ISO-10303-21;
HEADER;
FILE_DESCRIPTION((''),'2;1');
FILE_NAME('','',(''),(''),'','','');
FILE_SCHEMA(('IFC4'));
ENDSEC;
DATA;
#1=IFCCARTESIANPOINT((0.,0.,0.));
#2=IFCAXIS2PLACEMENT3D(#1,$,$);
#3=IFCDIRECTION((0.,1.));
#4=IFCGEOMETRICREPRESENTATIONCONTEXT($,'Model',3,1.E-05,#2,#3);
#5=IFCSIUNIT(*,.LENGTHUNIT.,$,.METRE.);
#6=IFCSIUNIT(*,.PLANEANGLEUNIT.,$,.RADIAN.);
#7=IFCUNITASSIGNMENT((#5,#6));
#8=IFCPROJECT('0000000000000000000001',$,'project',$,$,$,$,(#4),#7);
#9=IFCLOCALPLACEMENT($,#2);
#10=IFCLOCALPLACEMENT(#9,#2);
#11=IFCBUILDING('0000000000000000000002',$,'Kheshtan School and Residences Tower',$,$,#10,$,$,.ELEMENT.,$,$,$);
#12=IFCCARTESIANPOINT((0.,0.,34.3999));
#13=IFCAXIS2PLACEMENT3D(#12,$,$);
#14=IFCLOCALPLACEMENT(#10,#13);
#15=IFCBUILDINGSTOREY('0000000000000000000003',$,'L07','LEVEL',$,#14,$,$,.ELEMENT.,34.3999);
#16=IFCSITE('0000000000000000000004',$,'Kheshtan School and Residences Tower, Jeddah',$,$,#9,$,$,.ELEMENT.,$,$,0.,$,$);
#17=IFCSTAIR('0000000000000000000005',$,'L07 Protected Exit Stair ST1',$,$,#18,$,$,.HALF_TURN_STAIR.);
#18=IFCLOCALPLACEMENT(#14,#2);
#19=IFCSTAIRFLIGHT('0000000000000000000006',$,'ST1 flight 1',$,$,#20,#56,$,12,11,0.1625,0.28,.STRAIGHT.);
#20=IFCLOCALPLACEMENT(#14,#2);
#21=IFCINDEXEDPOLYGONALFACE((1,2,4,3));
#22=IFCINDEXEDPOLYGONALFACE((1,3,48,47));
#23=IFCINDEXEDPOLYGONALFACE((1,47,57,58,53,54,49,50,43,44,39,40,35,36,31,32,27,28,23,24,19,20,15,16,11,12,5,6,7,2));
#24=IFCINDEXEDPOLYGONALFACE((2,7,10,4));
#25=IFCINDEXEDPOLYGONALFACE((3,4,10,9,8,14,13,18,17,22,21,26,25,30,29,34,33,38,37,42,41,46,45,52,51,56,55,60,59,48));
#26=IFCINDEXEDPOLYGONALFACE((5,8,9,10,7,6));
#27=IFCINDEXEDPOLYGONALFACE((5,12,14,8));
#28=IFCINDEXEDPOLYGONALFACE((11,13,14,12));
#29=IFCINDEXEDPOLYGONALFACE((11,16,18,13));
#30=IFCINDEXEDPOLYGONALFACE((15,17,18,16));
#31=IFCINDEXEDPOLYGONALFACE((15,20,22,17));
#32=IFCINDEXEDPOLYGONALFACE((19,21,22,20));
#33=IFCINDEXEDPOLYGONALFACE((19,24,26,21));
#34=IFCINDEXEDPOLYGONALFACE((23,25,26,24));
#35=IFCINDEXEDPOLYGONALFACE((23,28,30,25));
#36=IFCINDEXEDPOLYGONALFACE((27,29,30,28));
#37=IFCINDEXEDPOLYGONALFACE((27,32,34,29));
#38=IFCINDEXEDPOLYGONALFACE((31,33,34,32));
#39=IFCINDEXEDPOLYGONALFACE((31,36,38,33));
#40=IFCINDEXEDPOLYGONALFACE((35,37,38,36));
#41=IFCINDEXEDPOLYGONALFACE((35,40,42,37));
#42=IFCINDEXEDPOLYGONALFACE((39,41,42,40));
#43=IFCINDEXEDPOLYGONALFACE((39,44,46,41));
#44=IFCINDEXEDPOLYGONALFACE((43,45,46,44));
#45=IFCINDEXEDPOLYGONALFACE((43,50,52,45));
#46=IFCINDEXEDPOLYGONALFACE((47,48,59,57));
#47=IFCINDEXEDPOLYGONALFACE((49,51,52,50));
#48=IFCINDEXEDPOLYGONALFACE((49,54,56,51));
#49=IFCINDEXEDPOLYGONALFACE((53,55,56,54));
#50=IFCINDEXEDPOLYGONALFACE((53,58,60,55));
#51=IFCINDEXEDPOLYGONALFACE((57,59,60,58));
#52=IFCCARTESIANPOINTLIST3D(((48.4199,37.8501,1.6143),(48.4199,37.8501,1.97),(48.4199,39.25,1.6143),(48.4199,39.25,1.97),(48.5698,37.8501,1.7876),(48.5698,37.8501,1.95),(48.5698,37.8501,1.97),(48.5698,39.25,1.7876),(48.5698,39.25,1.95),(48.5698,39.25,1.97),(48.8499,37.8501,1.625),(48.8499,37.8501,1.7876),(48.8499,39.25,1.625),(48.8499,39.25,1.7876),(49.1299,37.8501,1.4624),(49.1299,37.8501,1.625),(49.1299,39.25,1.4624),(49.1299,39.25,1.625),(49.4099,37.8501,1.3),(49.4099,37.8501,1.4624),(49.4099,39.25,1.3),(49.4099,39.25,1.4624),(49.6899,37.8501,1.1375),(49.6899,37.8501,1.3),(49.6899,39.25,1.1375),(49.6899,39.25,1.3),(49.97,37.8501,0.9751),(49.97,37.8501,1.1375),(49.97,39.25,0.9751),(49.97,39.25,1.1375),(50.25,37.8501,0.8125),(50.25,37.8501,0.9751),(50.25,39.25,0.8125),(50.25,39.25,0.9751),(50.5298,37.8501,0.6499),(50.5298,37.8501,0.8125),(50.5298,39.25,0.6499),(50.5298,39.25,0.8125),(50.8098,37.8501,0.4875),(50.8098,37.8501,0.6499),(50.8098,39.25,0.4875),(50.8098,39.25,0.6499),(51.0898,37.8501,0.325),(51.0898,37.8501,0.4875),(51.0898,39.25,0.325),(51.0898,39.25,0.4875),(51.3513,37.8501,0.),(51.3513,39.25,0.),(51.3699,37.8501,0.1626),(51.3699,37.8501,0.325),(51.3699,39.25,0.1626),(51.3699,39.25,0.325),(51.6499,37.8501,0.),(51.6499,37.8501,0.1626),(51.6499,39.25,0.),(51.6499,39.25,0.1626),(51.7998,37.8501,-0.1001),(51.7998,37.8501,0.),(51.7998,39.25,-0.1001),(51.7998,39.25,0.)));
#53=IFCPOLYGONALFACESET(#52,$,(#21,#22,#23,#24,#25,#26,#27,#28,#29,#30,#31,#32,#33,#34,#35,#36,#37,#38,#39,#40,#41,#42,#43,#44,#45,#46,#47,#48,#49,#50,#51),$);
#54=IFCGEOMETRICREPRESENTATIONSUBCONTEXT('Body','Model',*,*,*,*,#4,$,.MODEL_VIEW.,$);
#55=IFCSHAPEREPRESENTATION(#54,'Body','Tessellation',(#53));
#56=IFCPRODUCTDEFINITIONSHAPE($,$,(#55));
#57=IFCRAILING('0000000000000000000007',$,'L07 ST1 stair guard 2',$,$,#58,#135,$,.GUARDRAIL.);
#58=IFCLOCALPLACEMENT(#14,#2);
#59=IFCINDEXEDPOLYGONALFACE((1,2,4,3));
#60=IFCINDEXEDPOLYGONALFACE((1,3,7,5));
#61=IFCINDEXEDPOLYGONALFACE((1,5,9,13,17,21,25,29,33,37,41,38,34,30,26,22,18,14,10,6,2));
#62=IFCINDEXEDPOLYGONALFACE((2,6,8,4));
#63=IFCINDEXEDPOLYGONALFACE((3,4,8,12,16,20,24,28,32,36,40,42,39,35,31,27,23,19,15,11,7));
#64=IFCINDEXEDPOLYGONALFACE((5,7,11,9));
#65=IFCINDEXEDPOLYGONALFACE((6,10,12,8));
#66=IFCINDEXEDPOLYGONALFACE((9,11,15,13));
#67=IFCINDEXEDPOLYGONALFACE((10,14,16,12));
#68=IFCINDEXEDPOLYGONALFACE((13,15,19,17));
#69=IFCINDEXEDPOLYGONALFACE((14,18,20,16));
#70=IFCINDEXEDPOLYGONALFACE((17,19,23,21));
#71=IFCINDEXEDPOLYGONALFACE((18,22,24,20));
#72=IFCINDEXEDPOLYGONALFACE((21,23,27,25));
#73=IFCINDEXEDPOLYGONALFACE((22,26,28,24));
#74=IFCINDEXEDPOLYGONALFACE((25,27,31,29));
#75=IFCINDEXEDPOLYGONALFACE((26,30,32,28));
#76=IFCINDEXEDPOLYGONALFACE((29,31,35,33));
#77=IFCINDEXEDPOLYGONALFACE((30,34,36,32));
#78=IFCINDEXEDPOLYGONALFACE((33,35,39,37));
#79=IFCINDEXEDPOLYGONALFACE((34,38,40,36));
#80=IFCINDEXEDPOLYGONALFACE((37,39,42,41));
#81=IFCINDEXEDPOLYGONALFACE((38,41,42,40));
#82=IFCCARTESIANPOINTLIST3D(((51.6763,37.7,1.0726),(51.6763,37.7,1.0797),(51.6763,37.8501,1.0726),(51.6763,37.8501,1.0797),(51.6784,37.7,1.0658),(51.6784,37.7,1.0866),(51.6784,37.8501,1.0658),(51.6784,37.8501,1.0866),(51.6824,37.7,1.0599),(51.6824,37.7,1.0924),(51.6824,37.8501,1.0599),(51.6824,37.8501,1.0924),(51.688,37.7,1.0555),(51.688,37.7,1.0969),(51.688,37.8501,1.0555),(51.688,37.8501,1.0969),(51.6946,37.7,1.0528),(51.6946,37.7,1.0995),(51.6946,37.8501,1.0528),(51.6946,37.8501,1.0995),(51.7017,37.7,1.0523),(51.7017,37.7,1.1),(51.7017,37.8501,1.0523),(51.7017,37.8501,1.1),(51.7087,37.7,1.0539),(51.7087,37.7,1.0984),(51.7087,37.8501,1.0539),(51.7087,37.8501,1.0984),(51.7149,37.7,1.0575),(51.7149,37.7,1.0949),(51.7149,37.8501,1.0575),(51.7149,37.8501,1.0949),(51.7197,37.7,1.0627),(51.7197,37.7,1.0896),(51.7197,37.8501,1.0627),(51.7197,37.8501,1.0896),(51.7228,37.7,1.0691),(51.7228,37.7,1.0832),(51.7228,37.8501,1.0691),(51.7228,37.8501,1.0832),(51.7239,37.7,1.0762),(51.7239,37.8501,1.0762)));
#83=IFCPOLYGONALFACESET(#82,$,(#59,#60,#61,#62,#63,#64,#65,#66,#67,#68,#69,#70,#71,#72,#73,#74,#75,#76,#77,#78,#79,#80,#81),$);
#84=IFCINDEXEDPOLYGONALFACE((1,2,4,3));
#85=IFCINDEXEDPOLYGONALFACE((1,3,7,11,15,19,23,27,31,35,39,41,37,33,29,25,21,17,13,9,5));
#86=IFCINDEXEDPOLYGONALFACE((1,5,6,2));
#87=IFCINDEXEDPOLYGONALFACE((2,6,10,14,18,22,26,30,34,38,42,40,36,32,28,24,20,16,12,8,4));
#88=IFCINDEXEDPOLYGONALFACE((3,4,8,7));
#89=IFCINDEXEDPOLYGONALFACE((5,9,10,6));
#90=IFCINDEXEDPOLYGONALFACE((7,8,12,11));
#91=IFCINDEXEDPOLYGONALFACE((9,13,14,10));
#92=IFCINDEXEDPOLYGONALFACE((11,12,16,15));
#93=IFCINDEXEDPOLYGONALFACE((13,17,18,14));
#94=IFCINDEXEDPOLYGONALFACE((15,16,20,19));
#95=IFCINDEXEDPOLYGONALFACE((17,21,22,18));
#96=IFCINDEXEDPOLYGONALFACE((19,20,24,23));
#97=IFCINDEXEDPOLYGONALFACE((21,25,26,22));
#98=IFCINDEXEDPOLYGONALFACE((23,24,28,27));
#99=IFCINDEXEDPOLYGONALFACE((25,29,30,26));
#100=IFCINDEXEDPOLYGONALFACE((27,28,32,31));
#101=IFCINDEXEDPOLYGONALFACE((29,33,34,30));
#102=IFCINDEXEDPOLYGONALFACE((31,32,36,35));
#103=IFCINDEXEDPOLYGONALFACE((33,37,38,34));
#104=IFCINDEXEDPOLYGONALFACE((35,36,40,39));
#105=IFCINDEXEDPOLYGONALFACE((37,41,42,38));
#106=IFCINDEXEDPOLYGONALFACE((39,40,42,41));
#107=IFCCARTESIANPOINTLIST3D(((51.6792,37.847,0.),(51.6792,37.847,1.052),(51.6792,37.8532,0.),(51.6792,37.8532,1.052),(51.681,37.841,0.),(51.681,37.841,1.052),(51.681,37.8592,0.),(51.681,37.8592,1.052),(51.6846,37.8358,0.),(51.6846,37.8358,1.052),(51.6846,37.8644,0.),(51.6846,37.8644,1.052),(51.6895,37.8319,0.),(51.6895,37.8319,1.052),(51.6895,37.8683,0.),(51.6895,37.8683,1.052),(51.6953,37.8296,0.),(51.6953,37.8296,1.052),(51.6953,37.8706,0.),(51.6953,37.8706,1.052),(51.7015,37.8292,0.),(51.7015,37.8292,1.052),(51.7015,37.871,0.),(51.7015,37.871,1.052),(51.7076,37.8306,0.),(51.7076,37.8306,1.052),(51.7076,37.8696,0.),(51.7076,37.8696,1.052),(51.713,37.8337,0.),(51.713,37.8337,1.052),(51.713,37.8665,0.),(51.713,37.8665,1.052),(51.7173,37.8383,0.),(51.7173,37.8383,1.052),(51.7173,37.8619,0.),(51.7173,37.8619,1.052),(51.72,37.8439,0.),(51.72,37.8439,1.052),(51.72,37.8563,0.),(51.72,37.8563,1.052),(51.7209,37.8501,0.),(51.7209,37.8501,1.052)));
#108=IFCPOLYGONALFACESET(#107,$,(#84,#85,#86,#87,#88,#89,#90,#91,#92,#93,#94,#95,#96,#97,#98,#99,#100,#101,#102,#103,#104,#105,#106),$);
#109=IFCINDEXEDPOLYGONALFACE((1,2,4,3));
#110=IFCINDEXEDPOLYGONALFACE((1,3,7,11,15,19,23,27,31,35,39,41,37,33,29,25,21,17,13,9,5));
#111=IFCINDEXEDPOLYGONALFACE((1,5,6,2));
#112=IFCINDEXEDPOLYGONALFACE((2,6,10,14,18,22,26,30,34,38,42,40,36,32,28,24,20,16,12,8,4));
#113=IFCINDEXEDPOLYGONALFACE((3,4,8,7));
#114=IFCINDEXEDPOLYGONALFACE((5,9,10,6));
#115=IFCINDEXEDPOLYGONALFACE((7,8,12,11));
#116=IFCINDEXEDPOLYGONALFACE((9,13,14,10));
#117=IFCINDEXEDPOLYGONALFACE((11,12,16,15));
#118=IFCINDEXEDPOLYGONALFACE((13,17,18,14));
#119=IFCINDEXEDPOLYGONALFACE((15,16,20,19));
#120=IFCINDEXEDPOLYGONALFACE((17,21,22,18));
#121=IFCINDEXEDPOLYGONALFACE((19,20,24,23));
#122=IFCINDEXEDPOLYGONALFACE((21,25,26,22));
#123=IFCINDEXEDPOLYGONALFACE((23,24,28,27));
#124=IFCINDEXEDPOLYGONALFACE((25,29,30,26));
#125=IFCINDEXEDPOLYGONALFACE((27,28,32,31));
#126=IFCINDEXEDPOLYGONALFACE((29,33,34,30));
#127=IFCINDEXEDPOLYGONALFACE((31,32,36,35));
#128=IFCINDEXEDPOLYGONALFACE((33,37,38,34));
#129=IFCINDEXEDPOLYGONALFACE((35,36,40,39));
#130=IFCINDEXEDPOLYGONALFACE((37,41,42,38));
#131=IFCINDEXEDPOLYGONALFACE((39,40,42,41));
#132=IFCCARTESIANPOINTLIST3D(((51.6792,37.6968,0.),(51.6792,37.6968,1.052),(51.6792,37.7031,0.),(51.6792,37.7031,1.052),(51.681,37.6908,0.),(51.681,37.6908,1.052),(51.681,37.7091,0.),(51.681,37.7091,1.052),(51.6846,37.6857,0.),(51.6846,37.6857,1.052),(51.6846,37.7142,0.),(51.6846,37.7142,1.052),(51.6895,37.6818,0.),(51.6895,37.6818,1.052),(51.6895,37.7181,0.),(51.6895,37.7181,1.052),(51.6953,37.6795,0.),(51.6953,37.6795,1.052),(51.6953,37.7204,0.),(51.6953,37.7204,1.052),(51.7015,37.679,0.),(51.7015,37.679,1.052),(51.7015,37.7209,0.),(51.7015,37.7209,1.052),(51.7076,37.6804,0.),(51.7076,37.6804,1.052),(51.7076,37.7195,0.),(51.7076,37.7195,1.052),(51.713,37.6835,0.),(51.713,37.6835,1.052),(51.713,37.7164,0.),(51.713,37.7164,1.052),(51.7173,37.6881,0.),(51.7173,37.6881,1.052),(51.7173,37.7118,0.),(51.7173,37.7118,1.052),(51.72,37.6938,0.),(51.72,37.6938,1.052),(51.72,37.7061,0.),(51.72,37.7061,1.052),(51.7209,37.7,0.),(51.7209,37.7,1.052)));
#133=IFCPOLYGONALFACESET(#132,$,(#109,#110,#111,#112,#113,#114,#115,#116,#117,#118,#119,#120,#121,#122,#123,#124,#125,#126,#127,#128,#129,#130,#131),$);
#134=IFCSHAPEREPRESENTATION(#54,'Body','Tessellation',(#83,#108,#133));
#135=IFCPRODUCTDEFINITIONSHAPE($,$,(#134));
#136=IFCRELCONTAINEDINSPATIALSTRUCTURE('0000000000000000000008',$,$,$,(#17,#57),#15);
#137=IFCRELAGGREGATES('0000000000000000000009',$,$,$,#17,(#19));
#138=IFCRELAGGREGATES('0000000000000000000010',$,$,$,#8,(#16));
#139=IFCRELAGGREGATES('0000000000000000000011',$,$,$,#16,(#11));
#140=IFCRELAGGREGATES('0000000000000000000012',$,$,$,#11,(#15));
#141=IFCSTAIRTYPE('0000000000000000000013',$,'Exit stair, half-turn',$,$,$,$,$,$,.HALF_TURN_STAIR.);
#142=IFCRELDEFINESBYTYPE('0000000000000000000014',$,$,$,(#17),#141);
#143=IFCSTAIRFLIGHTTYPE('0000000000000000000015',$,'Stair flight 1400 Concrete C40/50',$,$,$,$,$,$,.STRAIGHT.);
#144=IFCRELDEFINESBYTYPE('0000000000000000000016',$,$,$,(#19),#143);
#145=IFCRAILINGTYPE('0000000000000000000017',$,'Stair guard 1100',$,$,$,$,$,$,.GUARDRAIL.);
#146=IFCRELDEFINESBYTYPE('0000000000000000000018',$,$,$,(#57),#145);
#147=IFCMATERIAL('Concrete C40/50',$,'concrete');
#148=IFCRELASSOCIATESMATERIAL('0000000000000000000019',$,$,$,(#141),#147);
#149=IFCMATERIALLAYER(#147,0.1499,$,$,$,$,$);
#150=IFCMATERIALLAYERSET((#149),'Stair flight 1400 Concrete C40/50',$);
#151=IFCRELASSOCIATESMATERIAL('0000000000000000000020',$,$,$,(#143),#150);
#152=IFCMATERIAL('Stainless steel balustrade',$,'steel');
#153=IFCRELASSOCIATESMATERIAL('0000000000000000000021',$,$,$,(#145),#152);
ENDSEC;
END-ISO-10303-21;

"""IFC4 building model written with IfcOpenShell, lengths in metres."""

from ifc_helpers import new_model, si_unit, direction, frame, origin, origin_2d, place, context, subcontext, project, spatial, polyline, circle, outline, extrude, material, layer, layer_set, type_object, element, aggregate, save


model = new_model("IFC4")

# Units and contexts
model_context = context("Model", 3, precision=1e-05, world=origin(), true_north=direction((0.0, 1.0)))
body_context = subcontext(model_context, "Body", "Model", "MODEL_VIEW")
ifc_project = project(units=[si_unit("LENGTHUNIT", "METRE"), si_unit("PLANEANGLEUNIT", "RADIAN")], contexts=[model_context])

# Site, building, storey
site_placement = place(None, origin())
site = spatial("IfcSite", under=ifc_project, at=site_placement, Name="Kheshtan School and Residences Tower, Jeddah", CompositionType="ELEMENT", RefElevation=0.0)
building_placement = place(site_placement, origin())
building = spatial("IfcBuilding", under=site, at=building_placement, Name="Kheshtan School and Residences Tower", CompositionType="ELEMENT")
storey_placement = place(building_placement, frame((0.0, 0.0, 34.3999)))
storey = spatial("IfcBuildingStorey", under=building, at=storey_placement, Name="L07", Description="LEVEL", CompositionType="ELEMENT", Elevation=34.3999)

# Shared definitions
ifc_material_1 = material(Name="Concrete C40/50", Category="concrete")

# Stair, stair flight
stair_type = type_object("IfcStairType", Name="Exit stair, half-turn", PredefinedType="HALF_TURN_STAIR", material=ifc_material_1)
stair_placement = place(storey_placement, origin())
stair = element("IfcStair", 1, at=stair_placement, inside=storey, type_object=stair_type, Name="L07 Protected Exit Stair ST1", PredefinedType="HALF_TURN_STAIR")
ifc_layer_1 = layer(ifc_material_1, 0.1499)
ifc_layer_set_1 = layer_set([ifc_layer_1], Name="Stair flight 1400 Concrete C40/50")
stair_flight_type = type_object("IfcStairFlightType", Name="Stair flight 1400 Concrete C40/50", PredefinedType="STRAIGHT", material=ifc_layer_set_1)
stair_flight_placement = place(storey_placement, frame((51.6499, 38.55, 0.0), z_axis=(0.0, 0.0, 1.0), x_axis=(-1.0, 0.0, 0.0)))
stair_flight = element("IfcStairFlight", 2, at=stair_flight_placement, type_object=stair_flight_type, Name="ST1 flight 1", NumberOfRisers=12, NumberOfTreads=11, PredefinedType="STRAIGHT", RiserHeight=0.1625, TreadLength=0.28, context=body_context, shape_type="SweptSolid", body=[
    extrude(outline(polyline([(-0.1499, -0.1001), (-0.1499, 0.0), (0.0, 0.0), (0.0, 0.1626), (0.28, 0.1626), (0.28, 0.325), (0.5601, 0.325), (0.5601, 0.4875), (0.8401, 0.4875), (0.8401, 0.6499), (1.1201, 0.6499), (1.1201, 0.8125), (1.3999, 0.8125), (1.3999, 0.9751), (1.6799, 0.9751), (1.6799, 1.1375), (1.96, 1.1375), (1.96, 1.3), (2.24, 1.3), (2.24, 1.4624), (2.52, 1.4624), (2.52, 1.625), (2.8, 1.625), (2.8, 1.7876), (3.0801, 1.7876), (3.0801, 1.95), (3.0801, 1.97), (3.23, 1.97), (3.23, 1.6143), (0.2986, 0.0), (-0.1499, -0.1001)])), frame((0.0, 0.7, 0.0), z_axis=(0.0, -1.0, 0.0), x_axis=(1.0, 0.0, 0.0)), (0.0, 0.0, 1.0), 1.3999),
])
aggregate(stair, [stair_flight])

# Railing
ifc_material_2 = material(Name="Stainless steel balustrade", Category="steel")
railing_type_1 = type_object("IfcRailingType", Name="Stair guard 1100", PredefinedType="GUARDRAIL", material=ifc_material_2)
railing_1_placement = place(storey_placement, frame((51.7, 37.8501, 0.0)))
element("IfcRailing", 3, at=railing_1_placement, inside=storey, type_object=railing_type_1, Name="L07 ST1 stair guard 2", PredefinedType="GUARDRAIL", context=body_context, shape_type="SweptSolid", body=[
    extrude(circle(Radius=0.0239, at=origin_2d()), frame((0.0, 0.0, 1.0762), z_axis=(0.0, -1.0, 0.0), x_axis=(1.0, 0.0, 0.0)), (0.0, 0.0, 1.0), 0.1501),
    extrude(circle(Radius=0.021, at=origin_2d()), origin(), (0.0, 0.0, 1.0), 1.052),
    extrude(circle(Radius=0.021, at=origin_2d()), frame((0.0, -0.1501, 0.0)), (0.0, 0.0, 1.0), 1.052),
])

save(model, "model.ifc")
